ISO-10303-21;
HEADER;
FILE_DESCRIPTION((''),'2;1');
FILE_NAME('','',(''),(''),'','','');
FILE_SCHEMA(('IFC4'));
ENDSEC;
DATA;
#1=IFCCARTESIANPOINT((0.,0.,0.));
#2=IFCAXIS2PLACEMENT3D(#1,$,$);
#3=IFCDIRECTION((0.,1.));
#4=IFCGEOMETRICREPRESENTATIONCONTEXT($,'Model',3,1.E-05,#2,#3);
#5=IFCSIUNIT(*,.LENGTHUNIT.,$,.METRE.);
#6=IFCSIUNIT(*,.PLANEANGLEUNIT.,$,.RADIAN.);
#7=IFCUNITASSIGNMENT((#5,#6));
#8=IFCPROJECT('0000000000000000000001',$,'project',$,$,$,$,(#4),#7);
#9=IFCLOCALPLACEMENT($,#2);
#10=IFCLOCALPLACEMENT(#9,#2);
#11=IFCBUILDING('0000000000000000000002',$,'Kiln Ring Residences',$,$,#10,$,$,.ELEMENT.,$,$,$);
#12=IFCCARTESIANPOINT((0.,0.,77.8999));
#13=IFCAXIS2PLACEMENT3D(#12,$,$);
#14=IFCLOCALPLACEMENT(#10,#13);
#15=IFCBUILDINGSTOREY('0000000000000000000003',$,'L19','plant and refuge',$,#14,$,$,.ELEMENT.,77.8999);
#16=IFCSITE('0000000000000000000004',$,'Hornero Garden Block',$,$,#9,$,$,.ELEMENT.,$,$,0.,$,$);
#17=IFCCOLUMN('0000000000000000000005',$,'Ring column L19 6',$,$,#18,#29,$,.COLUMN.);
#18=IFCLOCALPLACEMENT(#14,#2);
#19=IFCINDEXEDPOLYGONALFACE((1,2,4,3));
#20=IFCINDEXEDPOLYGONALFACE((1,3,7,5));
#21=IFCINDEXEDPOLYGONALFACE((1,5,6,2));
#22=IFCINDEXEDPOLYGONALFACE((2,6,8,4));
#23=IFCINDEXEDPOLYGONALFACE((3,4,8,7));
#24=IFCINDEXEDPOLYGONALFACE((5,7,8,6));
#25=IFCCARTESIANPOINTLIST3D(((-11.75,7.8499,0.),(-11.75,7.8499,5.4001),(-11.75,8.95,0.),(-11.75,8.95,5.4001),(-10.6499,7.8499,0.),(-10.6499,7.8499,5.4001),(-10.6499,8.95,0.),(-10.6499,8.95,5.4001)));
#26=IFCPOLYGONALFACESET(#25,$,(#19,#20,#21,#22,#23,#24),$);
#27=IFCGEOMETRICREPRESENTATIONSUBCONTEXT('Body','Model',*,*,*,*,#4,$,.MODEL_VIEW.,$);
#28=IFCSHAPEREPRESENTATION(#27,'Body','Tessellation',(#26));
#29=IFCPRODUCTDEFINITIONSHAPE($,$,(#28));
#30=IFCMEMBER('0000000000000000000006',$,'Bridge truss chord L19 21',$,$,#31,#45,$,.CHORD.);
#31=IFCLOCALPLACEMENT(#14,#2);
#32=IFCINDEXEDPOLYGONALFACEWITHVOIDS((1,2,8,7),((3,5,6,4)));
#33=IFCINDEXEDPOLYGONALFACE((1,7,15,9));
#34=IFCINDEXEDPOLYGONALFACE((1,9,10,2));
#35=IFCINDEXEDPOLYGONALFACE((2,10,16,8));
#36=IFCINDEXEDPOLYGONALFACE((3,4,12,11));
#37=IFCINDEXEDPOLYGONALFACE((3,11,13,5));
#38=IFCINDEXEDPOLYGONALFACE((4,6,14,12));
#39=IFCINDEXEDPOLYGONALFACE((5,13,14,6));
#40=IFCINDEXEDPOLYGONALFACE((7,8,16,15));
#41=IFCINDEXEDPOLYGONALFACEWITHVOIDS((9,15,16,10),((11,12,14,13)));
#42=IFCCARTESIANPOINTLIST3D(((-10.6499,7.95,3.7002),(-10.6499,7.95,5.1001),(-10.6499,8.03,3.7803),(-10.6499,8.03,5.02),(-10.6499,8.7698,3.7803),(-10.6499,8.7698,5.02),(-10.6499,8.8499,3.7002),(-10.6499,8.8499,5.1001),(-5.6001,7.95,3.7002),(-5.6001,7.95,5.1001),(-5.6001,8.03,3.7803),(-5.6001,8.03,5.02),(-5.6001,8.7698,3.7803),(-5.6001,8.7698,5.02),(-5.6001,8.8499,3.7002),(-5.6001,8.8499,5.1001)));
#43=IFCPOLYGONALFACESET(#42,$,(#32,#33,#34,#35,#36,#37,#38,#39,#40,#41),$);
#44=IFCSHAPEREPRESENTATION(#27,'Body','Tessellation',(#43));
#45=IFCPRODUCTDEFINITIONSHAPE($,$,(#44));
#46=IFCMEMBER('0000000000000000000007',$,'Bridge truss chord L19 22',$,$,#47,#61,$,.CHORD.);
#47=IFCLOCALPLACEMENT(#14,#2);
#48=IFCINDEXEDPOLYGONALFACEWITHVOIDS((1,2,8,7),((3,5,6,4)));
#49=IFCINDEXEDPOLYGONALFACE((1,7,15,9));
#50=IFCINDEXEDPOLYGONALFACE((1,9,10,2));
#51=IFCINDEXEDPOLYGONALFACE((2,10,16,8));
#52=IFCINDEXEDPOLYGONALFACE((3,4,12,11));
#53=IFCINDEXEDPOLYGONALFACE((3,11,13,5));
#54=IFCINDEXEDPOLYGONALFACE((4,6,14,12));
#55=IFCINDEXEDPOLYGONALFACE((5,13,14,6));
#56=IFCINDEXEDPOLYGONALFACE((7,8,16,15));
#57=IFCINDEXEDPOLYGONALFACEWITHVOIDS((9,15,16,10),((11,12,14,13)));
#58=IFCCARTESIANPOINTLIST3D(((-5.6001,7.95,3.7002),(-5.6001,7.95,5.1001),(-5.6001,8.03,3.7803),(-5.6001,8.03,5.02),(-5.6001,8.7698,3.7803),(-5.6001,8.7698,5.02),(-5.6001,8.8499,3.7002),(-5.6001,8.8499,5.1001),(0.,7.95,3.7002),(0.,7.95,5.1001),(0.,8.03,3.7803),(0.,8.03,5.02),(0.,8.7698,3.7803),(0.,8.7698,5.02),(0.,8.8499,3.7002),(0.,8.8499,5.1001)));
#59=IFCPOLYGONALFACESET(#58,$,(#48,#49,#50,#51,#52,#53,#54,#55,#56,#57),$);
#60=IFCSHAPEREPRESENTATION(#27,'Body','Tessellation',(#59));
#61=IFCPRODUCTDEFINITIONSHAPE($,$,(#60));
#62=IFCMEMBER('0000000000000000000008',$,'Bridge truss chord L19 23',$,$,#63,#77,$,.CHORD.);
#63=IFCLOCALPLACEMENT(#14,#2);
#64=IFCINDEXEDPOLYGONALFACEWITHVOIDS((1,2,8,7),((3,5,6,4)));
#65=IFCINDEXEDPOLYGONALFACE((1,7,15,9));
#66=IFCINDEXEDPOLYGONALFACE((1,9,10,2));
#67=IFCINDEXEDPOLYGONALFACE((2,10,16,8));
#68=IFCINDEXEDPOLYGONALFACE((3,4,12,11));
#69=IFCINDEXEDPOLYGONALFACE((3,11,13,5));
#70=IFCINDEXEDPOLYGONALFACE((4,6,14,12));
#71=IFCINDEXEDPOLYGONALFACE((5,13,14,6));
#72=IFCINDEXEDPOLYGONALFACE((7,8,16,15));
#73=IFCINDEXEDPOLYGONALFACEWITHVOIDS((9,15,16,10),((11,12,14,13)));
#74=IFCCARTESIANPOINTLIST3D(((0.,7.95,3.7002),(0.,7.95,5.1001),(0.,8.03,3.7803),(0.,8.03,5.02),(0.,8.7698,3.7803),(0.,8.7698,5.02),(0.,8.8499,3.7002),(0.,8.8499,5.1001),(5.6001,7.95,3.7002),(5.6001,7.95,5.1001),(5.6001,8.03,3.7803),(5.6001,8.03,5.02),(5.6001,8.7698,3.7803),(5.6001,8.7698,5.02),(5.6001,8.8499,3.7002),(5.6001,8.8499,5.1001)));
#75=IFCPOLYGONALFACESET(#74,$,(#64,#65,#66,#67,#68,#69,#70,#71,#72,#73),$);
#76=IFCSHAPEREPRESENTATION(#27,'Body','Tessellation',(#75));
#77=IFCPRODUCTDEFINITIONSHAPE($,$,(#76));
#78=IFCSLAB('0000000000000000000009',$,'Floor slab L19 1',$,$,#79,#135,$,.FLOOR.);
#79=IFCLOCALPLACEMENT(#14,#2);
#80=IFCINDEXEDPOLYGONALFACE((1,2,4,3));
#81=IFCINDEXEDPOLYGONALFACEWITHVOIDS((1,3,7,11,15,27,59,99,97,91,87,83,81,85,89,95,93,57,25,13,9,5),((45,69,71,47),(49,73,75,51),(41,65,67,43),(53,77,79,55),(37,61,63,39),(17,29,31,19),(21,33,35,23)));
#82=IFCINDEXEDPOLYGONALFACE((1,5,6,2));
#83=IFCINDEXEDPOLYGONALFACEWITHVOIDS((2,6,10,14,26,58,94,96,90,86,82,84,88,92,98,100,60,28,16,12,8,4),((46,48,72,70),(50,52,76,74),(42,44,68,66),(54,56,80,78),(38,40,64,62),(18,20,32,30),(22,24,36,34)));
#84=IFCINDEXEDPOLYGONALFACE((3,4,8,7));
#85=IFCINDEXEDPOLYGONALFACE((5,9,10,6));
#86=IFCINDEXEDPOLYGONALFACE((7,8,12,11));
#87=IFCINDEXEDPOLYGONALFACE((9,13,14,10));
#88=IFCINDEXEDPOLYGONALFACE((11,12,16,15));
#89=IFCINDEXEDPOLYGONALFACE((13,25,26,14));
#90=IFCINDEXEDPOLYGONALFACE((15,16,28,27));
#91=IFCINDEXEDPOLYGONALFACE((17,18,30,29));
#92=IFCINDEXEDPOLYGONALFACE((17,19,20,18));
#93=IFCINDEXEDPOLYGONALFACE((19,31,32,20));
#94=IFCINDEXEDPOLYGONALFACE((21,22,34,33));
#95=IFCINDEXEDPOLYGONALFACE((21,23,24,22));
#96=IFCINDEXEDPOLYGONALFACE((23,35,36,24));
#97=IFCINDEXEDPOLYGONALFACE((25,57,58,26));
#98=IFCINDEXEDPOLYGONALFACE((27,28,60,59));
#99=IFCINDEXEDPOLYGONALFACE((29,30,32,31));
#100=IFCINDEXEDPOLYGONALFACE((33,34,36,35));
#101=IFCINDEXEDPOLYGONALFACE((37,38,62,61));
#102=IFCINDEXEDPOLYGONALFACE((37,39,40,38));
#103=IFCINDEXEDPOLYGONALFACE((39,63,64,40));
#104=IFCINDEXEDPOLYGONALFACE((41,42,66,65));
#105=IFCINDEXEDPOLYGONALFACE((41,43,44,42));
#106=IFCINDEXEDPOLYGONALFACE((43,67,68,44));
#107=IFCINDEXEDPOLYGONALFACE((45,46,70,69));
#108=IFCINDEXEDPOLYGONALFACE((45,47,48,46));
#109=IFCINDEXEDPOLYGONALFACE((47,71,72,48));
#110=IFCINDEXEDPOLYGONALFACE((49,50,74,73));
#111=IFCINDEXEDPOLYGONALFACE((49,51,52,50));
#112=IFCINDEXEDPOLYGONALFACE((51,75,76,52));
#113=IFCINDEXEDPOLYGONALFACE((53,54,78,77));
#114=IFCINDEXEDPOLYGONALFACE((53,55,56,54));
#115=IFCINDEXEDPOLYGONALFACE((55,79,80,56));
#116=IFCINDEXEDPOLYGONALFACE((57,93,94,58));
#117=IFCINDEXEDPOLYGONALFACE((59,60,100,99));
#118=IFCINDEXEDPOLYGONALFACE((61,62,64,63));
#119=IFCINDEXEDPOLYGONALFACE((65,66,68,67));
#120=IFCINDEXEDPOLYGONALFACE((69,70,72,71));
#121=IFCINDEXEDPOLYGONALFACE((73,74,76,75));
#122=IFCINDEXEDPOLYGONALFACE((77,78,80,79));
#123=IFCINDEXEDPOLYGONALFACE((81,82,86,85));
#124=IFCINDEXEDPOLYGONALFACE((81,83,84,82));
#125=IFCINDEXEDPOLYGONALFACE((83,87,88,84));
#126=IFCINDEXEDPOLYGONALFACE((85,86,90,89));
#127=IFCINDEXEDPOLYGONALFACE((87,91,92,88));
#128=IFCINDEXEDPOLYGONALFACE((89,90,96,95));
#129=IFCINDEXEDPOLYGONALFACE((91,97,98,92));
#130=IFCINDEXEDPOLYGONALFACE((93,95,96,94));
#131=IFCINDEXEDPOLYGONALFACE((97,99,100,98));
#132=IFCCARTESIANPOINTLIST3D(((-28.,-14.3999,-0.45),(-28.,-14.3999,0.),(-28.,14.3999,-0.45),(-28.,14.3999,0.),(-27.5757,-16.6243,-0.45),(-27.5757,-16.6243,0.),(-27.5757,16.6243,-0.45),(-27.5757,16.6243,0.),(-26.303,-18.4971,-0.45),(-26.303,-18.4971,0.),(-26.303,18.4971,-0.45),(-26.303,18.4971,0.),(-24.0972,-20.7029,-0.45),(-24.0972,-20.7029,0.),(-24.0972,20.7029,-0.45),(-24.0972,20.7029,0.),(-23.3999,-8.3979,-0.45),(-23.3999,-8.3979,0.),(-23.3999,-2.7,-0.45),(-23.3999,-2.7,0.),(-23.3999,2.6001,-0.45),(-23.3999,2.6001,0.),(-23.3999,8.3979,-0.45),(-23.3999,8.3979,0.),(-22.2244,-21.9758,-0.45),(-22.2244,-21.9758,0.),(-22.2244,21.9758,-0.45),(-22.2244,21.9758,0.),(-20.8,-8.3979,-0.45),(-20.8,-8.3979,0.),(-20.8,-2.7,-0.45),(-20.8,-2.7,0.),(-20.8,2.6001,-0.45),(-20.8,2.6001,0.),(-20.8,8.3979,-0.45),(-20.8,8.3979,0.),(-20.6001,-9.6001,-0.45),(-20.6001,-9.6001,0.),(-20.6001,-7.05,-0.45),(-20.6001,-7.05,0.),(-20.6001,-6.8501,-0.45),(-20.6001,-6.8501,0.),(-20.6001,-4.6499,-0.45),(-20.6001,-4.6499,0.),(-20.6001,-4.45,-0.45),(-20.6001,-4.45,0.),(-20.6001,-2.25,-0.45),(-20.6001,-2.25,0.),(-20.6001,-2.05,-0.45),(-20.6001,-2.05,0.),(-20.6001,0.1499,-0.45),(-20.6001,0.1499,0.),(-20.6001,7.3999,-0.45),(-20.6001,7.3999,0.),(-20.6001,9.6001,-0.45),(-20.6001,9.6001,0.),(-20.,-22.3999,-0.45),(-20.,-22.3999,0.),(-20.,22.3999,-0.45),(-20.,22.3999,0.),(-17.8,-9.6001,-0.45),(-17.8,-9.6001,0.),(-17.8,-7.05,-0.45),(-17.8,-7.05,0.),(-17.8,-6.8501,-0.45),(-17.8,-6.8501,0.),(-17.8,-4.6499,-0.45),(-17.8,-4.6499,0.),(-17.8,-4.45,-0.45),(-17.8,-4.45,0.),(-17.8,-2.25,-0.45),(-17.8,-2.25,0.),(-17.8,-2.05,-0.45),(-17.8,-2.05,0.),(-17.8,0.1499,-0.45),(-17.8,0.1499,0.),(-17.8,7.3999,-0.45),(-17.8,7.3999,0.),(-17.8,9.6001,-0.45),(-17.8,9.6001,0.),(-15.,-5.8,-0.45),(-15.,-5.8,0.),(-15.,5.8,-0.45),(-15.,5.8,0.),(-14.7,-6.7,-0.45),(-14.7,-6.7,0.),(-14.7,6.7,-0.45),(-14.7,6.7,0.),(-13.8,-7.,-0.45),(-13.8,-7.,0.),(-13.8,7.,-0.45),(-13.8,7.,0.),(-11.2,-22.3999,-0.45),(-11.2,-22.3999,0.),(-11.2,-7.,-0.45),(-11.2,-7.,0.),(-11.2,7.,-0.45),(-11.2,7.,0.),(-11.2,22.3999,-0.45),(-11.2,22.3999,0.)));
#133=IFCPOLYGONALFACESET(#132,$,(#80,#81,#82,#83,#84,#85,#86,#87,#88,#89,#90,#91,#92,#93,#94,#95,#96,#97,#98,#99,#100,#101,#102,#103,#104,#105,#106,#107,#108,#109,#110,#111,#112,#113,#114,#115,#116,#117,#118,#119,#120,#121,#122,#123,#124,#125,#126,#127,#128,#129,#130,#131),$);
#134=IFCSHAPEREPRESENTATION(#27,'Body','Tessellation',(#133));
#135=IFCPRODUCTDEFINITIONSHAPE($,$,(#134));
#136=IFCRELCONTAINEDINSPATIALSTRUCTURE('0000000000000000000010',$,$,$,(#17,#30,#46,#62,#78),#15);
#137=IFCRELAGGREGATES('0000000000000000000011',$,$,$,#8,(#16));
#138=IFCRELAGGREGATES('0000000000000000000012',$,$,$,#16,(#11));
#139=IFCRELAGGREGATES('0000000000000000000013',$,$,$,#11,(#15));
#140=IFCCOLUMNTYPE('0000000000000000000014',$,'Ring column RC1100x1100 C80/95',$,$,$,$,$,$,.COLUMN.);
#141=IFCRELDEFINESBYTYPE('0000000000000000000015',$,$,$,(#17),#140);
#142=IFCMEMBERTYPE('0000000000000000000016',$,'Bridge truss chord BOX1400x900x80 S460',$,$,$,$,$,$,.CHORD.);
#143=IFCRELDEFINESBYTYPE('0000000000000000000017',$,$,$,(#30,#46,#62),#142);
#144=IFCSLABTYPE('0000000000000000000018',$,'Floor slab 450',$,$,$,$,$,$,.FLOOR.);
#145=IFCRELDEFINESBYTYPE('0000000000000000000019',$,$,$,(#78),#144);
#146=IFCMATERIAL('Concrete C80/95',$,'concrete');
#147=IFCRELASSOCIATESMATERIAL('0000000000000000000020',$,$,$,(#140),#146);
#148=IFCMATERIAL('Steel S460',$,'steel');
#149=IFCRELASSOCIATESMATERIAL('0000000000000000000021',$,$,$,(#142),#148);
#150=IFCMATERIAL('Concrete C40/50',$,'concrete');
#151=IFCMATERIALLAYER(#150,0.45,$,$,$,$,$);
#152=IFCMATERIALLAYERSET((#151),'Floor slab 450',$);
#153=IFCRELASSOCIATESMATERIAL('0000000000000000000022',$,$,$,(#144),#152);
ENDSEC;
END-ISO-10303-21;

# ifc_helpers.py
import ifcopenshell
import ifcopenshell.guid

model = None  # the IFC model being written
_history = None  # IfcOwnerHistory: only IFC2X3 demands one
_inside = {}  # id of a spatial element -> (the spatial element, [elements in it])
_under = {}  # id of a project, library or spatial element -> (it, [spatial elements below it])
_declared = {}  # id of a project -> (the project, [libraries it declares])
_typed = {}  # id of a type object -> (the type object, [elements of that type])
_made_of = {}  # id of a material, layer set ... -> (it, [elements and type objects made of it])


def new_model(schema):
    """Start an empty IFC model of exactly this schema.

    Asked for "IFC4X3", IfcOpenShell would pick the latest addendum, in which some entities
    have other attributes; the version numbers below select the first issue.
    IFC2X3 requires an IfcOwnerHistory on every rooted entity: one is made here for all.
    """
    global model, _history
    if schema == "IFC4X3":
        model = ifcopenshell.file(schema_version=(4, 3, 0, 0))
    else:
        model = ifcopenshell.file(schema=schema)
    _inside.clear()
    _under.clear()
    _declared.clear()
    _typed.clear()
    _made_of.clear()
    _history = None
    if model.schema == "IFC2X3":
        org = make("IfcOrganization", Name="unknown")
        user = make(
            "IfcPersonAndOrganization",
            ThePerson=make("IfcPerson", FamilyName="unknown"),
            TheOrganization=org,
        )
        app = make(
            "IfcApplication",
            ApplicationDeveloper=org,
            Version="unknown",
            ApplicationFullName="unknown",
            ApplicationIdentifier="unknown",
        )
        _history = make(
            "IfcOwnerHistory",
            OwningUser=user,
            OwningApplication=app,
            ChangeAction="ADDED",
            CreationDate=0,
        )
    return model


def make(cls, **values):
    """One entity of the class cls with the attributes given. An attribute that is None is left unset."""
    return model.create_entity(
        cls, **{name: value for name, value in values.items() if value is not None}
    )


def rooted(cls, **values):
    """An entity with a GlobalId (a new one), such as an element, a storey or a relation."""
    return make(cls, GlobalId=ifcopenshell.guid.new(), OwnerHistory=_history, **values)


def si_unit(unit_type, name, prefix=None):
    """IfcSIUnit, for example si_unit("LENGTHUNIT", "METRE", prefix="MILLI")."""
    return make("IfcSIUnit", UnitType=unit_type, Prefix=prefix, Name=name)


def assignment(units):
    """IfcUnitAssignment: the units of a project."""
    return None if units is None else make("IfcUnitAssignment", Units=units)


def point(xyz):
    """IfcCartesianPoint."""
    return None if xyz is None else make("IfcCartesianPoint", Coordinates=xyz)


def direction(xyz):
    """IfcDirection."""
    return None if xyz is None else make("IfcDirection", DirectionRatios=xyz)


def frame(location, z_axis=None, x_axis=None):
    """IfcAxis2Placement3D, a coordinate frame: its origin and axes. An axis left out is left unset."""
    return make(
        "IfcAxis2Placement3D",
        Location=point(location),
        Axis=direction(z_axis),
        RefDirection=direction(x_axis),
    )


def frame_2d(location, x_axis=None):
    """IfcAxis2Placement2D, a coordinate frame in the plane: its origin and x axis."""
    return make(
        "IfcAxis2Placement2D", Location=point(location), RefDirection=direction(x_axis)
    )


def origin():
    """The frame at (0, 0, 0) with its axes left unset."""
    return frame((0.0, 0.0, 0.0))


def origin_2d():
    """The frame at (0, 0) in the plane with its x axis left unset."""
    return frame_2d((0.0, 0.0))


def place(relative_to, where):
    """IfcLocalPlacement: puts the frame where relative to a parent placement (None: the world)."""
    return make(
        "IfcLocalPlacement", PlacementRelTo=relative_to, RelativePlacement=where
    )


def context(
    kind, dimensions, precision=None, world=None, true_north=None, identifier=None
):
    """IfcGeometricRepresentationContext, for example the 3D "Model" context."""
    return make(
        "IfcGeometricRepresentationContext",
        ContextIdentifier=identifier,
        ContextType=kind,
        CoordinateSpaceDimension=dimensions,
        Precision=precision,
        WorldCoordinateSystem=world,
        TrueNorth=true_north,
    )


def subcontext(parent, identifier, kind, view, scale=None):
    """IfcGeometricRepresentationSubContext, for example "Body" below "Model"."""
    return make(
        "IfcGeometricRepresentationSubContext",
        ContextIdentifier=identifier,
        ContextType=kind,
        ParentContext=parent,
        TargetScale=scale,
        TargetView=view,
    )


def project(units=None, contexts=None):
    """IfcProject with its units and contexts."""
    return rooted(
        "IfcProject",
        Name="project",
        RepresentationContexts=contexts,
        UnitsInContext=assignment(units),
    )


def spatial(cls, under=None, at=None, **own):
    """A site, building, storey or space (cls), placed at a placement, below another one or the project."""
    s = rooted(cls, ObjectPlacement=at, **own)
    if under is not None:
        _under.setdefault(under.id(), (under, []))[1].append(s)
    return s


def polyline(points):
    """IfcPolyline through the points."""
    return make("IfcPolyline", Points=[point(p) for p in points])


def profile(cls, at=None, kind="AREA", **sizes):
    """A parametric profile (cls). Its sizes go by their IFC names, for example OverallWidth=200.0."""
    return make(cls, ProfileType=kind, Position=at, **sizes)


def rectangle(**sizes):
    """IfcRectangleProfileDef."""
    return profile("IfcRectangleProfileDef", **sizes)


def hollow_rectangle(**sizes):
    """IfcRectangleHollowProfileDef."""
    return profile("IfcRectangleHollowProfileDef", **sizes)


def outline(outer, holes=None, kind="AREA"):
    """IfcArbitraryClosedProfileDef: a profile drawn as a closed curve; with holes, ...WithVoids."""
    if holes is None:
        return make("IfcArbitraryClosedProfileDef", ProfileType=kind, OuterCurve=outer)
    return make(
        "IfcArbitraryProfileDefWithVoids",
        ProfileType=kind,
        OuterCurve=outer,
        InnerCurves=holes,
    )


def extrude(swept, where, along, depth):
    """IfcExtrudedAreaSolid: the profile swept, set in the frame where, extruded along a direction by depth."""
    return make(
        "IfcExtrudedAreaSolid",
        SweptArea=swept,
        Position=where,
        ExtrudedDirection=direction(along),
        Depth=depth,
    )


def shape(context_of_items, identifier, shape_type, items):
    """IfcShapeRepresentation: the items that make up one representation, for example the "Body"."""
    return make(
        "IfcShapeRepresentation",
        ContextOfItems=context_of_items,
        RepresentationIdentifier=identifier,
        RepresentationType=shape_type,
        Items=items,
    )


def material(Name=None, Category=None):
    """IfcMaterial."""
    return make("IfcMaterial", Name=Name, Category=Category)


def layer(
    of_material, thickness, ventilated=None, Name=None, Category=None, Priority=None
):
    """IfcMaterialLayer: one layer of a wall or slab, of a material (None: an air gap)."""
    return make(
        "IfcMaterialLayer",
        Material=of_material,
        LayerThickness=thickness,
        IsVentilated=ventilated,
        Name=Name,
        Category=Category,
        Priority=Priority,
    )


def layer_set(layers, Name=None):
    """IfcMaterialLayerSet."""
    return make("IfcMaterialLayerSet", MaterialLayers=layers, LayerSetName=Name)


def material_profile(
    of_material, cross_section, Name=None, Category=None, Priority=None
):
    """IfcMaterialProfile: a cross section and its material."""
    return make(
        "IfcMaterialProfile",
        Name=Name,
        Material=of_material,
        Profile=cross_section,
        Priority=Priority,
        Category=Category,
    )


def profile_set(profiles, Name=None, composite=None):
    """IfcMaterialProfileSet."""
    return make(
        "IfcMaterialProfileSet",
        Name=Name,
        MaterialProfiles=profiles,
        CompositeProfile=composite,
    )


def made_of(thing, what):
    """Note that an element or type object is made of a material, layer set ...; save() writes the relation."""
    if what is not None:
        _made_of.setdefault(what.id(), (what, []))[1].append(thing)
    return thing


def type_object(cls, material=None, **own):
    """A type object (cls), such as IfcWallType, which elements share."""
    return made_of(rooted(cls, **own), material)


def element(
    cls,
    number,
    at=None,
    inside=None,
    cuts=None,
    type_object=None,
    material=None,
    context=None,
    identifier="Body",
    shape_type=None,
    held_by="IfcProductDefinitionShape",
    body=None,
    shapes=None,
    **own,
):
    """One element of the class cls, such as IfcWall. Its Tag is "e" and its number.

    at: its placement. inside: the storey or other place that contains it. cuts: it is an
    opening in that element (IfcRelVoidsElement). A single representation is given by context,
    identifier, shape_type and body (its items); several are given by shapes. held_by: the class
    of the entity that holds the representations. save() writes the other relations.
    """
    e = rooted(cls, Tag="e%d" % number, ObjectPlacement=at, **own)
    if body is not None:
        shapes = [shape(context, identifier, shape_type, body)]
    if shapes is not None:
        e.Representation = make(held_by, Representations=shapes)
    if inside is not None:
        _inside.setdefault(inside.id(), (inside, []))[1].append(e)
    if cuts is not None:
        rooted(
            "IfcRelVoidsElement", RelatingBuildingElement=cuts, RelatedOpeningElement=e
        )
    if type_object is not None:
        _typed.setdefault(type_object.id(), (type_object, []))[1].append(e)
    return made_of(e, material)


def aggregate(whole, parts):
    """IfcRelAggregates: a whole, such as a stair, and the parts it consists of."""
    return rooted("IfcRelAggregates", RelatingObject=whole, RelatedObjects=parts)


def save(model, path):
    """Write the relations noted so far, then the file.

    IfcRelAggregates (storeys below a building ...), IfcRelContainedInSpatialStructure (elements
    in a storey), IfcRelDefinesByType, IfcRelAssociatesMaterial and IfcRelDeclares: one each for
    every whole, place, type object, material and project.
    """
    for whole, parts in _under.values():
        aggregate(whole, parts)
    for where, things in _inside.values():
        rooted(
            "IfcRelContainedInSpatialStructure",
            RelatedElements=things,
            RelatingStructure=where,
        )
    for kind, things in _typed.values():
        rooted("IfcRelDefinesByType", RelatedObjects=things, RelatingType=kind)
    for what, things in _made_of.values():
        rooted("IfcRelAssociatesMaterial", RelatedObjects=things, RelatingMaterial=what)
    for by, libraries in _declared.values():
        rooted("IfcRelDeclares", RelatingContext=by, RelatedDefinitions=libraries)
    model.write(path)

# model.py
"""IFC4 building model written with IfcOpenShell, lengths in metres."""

from ifc_helpers import new_model, si_unit, direction, frame, origin, origin_2d, place, context, subcontext, project, spatial, polyline, rectangle, hollow_rectangle, outline, extrude, material, layer, layer_set, material_profile, profile_set, type_object, element, save


model = new_model("IFC4")

# Units and contexts
model_context = context("Model", 3, precision=1e-05, world=origin(), true_north=direction((0.0, 1.0)))
body_context = subcontext(model_context, "Body", "Model", "MODEL_VIEW")
ifc_project = project(units=[si_unit("LENGTHUNIT", "METRE"), si_unit("PLANEANGLEUNIT", "RADIAN")], contexts=[model_context])

# Site, building, storey
site_placement = place(None, origin())
site = spatial("IfcSite", under=ifc_project, at=site_placement, Name="Hornero Garden Block", CompositionType="ELEMENT", RefElevation=0.0)
building_placement = place(site_placement, origin())
building = spatial("IfcBuilding", under=site, at=building_placement, Name="Kiln Ring Residences", CompositionType="ELEMENT")
storey_placement = place(building_placement, frame((0.0, 0.0, 77.8999)))
storey = spatial("IfcBuildingStorey", under=building, at=storey_placement, Name="L19", Description="plant and refuge", CompositionType="ELEMENT", Elevation=77.8999)

# Column
ifc_material_1 = material(Name="Concrete C80/95", Category="concrete")
ifc_material_profile_1 = material_profile(ifc_material_1, rectangle(XDim=1.1001, YDim=1.1001, at=origin_2d()), Name="RC1100x1100")
ifc_profile_set_1 = profile_set([ifc_material_profile_1], Name="Concrete C80/95")
column_type = type_object("IfcColumnType", Name="Ring column RC1100x1100 C80/95", PredefinedType="COLUMN", material=ifc_profile_set_1)
column_placement = place(storey_placement, frame((-11.2, 8.3999, 0.0), z_axis=(0.0, 0.0, 1.0), x_axis=(1.0, 0.0, 0.0)))
element("IfcColumn", 1, at=column_placement, inside=storey, type_object=column_type, Name="Ring column L19 6", PredefinedType="COLUMN", context=body_context, shape_type="SweptSolid", body=[
    extrude(rectangle(XDim=1.1001, YDim=1.1001, at=origin_2d()), origin(), (0.0, 0.0, 1.0), 5.4001),
])

# Members
ifc_material_2 = material(Name="Steel S460", Category="steel")
ifc_material_profile_2 = material_profile(ifc_material_2, hollow_rectangle(XDim=0.8999, YDim=1.3999, WallThickness=0.0801, at=origin_2d()), Name="BOX1400x900x80")
ifc_profile_set_2 = profile_set([ifc_material_profile_2], Name="Steel S460")
member_type = type_object("IfcMemberType", Name="Bridge truss chord BOX1400x900x80 S460", PredefinedType="CHORD", material=ifc_profile_set_2)
member_placement = place(storey_placement, frame((-10.6499, 8.3999, 4.4001), z_axis=(1.0, 0.0, 0.0), x_axis=(0.0, 1.0, 0.0)))
element("IfcMember", 2, at=member_placement, inside=storey, type_object=member_type, Name="Bridge truss chord L19 21", PredefinedType="CHORD", context=body_context, shape_type="SweptSolid", body=[
    extrude(hollow_rectangle(XDim=0.8999, YDim=1.3999, WallThickness=0.0801, at=origin_2d()), origin(), (0.0, 0.0, 1.0), 5.0498),
])
for number, where, z_axis, x_axis, name in (
    (3, (-5.6001, 8.3999, 4.4001), (1.0, 0.0, 0.0), (0.0, 1.0, 0.0), "Bridge truss chord L19 22"),
    (4, (0.0, 8.3999, 4.4001), (1.0, 0.0, 0.0), (0.0, 1.0, 0.0), "Bridge truss chord L19 23"),
):
    element("IfcMember", number, at=place(storey_placement, frame(where, z_axis=z_axis, x_axis=x_axis)), inside=storey, type_object=member_type, Name=name, PredefinedType="CHORD", context=body_context, shape_type="SweptSolid", body=[
        extrude(hollow_rectangle(XDim=0.8999, YDim=1.3999, WallThickness=0.0801, at=origin_2d()), origin(), (0.0, 0.0, 1.0), 5.6001),
    ])

# Slab
ifc_material_3 = material(Name="Concrete C40/50", Category="concrete")
ifc_layer_1 = layer(ifc_material_3, 0.45)
ifc_layer_set_1 = layer_set([ifc_layer_1], Name="Floor slab 450")
slab_type = type_object("IfcSlabType", Name="Floor slab 450", PredefinedType="FLOOR", material=ifc_layer_set_1)
placement = place(storey_placement, frame((0.0, 0.0, -0.45)))
element("IfcSlab", 5, at=placement, inside=storey, type_object=slab_type, Name="Floor slab L19 1", PredefinedType="FLOOR", context=body_context, shape_type="SweptSolid", body=[
    extrude(outline(polyline([(-28.0, -14.3999), (-27.5757, -16.6243), (-26.303, -18.4971), (-24.0972, -20.7029), (-22.2244, -21.9758), (-20.0, -22.3999), (-11.2, -22.3999), (-11.2, -7.0), (-13.8, -7.0), (-14.7, -6.7), (-15.0, -5.8), (-15.0, 5.8), (-14.7, 6.7), (-13.8, 7.0), (-11.2, 7.0), (-11.2, 22.3999), (-20.0, 22.3999), (-22.2244, 21.9758), (-24.0972, 20.7029), (-26.303, 18.4971), (-27.5757, 16.6243), (-28.0, 14.3999), (-28.0, -14.3999)]), holes=[polyline([(-17.8, -7.05), (-17.8, -9.6001), (-20.6001, -9.6001), (-20.6001, -7.05), (-17.8, -7.05)]), polyline([(-17.8, -6.8501), (-20.6001, -6.8501), (-20.6001, -4.6499), (-17.8, -4.6499), (-17.8, -6.8501)]), polyline([(-17.8, -4.45), (-20.6001, -4.45), (-20.6001, -2.25), (-17.8, -2.25), (-17.8, -4.45)]), polyline([(-17.8, -2.05), (-20.6001, -2.05), (-20.6001, 0.1499), (-17.8, 0.1499), (-17.8, -2.05)]), polyline([(-17.8, 7.3999), (-20.6001, 7.3999), (-20.6001, 9.6001), (-17.8, 9.6001), (-17.8, 7.3999)]), polyline([(-20.8, -8.3979), (-23.3999, -8.3979), (-23.3999, -2.7), (-20.8, -2.7), (-20.8, -8.3979)]), polyline([(-20.8, 2.6001), (-23.3999, 2.6001), (-23.3999, 8.3979), (-20.8, 8.3979), (-20.8, 2.6001)])]), origin(), (0.0, 0.0, 1.0), 0.45),
])

save(model, "model.ifc")
